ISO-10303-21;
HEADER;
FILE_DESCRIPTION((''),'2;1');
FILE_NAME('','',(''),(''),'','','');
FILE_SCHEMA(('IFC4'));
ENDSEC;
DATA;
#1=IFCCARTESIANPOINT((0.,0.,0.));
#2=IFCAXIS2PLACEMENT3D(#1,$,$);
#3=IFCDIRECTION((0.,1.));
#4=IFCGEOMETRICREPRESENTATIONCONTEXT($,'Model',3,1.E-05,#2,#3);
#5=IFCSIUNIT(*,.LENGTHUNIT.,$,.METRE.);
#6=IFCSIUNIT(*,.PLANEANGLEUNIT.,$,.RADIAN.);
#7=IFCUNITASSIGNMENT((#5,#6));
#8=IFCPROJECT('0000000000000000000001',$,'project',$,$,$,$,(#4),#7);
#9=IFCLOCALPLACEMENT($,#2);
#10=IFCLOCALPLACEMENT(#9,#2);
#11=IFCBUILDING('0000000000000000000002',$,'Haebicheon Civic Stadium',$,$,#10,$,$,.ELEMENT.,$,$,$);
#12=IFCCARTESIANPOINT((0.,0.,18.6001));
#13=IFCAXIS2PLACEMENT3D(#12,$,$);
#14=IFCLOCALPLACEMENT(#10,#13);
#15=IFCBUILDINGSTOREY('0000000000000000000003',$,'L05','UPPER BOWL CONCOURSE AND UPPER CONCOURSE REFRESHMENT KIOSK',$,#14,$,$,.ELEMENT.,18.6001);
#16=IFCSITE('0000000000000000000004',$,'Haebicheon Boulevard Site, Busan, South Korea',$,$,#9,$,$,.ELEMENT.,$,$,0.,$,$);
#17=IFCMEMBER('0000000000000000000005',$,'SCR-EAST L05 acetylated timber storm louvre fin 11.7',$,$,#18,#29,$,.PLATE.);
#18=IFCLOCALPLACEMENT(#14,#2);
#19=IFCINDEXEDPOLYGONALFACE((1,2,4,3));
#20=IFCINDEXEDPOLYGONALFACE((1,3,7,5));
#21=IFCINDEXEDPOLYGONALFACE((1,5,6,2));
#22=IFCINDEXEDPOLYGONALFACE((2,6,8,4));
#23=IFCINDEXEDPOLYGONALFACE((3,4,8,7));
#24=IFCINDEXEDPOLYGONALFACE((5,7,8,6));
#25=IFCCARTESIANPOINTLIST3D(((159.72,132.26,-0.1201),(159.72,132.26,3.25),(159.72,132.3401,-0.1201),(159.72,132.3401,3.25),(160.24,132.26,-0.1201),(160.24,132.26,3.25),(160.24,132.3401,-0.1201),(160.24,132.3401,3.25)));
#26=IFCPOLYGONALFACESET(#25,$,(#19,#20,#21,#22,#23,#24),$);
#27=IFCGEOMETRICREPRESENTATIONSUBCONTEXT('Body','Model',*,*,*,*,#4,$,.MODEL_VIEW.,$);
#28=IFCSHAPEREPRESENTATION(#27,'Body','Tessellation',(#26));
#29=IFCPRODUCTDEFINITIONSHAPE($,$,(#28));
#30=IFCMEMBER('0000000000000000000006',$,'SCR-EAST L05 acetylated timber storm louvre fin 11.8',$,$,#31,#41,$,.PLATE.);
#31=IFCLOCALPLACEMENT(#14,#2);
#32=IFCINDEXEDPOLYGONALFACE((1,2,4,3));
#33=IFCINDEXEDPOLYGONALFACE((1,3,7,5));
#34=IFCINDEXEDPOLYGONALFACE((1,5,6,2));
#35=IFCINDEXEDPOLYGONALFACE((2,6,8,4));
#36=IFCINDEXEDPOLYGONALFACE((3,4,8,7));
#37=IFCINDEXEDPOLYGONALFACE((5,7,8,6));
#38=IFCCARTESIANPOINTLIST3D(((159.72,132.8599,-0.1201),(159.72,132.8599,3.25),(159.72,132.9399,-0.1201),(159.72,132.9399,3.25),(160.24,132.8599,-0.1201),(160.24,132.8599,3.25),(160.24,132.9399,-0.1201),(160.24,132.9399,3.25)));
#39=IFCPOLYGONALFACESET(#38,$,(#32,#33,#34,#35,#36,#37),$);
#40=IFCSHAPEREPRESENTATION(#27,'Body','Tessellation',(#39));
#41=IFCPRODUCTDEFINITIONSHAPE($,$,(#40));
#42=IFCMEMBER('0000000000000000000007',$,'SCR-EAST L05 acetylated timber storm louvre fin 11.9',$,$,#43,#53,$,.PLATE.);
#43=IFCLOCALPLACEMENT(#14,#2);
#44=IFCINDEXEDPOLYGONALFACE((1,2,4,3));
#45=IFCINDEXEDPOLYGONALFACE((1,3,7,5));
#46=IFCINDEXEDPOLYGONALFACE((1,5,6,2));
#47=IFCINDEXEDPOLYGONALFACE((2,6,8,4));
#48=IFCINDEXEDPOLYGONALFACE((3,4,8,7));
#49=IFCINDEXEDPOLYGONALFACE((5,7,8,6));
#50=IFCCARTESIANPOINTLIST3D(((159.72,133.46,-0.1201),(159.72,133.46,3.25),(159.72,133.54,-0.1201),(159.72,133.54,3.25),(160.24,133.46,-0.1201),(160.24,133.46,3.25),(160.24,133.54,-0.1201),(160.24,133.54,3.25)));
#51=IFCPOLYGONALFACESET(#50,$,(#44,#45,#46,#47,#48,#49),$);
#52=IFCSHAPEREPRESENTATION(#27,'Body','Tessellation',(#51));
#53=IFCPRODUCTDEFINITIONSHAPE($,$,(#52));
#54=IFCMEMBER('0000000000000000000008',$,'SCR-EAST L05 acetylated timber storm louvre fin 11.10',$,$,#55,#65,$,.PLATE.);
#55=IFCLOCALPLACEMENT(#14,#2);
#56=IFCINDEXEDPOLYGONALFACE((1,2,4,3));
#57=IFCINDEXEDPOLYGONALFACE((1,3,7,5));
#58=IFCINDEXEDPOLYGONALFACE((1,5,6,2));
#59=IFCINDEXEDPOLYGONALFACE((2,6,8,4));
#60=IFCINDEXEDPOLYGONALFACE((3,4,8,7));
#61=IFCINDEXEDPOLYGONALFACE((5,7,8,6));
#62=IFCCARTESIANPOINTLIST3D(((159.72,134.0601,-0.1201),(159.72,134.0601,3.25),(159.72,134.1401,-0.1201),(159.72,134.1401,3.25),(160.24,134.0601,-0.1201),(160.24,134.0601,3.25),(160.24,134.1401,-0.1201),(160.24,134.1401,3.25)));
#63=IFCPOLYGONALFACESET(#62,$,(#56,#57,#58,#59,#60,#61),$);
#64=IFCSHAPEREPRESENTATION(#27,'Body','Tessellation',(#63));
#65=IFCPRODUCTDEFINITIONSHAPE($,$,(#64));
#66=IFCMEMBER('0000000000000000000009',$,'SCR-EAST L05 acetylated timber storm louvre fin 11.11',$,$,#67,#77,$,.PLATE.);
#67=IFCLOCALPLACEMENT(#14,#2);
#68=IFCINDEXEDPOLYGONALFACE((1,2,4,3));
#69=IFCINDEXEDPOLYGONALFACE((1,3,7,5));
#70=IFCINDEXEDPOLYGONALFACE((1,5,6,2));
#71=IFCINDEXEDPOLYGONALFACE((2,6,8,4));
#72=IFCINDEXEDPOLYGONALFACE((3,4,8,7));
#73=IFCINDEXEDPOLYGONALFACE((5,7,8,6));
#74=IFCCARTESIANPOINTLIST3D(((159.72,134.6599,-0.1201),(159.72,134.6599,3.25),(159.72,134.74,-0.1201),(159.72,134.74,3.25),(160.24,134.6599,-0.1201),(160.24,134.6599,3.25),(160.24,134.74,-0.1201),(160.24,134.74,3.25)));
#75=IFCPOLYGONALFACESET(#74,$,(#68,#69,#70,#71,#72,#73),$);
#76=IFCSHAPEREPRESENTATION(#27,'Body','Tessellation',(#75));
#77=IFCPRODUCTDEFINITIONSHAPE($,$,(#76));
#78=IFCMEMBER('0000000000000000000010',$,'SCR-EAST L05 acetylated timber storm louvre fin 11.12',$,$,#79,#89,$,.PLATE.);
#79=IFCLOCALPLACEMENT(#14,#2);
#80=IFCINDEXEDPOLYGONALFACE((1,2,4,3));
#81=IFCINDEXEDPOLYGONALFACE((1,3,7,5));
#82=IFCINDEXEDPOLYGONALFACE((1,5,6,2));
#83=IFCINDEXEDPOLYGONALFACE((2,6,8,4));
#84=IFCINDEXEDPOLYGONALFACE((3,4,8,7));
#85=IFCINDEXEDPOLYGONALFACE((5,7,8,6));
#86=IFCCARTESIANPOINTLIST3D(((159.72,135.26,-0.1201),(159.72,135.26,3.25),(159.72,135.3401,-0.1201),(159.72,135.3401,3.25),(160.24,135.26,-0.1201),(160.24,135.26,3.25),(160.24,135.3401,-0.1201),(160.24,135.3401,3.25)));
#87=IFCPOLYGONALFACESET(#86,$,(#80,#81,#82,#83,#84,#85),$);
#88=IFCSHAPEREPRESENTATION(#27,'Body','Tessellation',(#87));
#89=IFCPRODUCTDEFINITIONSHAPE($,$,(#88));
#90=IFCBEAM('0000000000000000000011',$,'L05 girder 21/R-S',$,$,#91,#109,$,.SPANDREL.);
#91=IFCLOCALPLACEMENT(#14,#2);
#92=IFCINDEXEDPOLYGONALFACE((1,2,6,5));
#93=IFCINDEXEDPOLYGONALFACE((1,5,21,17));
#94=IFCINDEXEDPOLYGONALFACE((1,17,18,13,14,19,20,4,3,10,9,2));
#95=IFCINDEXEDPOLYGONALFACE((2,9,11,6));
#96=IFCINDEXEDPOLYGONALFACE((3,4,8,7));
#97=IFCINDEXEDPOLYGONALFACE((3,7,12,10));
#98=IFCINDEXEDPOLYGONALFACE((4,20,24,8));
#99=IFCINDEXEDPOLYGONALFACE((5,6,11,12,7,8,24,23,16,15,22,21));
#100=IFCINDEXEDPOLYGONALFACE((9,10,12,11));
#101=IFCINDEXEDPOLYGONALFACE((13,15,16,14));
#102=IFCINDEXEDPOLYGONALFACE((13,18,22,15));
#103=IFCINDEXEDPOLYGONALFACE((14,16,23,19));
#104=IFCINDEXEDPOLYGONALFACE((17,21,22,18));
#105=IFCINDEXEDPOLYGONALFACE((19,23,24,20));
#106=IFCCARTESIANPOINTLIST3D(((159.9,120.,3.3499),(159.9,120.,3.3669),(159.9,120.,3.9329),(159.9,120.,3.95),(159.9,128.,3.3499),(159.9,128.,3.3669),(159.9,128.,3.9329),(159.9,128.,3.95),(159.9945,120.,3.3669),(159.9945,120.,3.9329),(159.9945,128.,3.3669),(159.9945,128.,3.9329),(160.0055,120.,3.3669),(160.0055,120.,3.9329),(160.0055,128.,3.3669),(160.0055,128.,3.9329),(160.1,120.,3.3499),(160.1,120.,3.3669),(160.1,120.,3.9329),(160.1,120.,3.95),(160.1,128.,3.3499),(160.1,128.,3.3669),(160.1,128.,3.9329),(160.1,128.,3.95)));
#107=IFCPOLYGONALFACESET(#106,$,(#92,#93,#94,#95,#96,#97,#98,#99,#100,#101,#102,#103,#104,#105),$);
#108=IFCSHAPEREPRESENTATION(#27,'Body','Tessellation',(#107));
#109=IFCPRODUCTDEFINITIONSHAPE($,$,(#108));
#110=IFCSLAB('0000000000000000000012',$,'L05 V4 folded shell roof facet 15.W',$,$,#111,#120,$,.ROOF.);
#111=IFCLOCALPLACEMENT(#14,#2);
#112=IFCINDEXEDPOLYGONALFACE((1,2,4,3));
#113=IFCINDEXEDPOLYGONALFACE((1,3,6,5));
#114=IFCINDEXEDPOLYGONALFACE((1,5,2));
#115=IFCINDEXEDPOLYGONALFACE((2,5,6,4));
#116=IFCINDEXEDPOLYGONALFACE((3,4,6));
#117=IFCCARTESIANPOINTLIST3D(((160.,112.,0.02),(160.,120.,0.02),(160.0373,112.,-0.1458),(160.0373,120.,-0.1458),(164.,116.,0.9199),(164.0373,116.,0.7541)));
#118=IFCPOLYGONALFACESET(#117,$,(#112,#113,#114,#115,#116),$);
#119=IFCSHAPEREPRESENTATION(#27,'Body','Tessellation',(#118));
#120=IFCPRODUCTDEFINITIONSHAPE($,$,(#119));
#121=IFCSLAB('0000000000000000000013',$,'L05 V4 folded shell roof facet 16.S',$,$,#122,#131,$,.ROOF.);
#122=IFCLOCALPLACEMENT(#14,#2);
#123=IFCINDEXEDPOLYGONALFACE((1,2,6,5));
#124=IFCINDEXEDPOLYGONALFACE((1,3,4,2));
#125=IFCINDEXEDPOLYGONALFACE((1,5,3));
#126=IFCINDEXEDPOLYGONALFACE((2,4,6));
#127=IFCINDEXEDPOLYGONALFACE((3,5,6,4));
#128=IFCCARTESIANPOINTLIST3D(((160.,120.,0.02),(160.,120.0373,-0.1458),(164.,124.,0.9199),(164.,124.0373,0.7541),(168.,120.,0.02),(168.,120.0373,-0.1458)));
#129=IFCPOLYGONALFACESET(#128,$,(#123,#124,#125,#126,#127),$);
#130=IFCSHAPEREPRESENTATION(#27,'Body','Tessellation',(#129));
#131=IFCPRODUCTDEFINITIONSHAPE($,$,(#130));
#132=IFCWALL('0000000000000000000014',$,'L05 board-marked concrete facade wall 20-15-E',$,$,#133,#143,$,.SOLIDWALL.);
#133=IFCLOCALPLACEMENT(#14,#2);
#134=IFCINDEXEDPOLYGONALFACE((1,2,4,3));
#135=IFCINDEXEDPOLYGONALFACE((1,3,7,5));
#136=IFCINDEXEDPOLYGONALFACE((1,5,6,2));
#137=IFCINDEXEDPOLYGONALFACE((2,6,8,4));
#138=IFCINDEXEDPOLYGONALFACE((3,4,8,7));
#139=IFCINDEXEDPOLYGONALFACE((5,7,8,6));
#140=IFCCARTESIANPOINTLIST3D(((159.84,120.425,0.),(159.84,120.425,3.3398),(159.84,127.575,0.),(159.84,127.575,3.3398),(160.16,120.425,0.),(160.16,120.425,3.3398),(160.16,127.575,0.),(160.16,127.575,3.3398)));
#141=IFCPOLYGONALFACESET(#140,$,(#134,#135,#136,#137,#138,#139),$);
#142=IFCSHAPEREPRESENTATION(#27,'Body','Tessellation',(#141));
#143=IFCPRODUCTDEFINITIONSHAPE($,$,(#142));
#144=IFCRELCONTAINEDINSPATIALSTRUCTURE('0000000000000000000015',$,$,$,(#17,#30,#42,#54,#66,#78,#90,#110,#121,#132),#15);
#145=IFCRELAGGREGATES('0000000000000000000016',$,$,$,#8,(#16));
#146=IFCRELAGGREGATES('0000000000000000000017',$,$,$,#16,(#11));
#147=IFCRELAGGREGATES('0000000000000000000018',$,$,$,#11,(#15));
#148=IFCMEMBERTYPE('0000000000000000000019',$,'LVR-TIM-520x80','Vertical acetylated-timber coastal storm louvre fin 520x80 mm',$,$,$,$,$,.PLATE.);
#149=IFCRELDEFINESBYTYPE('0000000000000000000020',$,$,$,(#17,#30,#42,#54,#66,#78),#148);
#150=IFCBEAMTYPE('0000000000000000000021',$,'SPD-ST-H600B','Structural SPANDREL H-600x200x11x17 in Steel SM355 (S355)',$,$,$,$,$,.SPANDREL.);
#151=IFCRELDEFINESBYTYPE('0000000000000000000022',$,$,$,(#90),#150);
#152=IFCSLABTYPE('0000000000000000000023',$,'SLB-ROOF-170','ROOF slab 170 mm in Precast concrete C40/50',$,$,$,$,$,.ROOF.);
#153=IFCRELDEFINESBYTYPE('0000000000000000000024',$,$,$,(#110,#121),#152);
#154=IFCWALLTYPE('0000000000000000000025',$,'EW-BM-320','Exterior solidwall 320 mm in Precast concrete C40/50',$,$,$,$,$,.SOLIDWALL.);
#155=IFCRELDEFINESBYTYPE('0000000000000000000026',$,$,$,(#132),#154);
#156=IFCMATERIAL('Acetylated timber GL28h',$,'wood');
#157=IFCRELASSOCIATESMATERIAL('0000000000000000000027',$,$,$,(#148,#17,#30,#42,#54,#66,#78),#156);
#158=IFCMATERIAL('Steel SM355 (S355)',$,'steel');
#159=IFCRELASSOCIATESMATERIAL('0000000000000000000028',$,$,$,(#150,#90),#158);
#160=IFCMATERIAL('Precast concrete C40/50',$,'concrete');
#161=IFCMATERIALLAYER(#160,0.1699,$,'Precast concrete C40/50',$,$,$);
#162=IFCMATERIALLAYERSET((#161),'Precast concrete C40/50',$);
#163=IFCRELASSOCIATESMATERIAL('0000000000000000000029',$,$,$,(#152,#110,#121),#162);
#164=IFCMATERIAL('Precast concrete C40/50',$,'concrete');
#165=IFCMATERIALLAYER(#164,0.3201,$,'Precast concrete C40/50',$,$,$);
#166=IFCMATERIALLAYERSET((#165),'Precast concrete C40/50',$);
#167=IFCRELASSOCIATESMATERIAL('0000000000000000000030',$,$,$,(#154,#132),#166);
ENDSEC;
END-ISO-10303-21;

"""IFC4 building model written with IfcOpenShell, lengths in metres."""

from ifc_helpers import new_model, si_unit, direction, frame, frame_2d, origin, origin_2d, place, context, subcontext, project, spatial, polyline, rectangle, i_section, outline, extrude, material, layer, layer_set, material_profile, profile_set, type_object, element, save


model = new_model("IFC4")

# Units and contexts
model_context = context("Model", 3, precision=1e-05, world=origin(), true_north=direction((0.0, 1.0)))
body_context = subcontext(model_context, "Body", "Model", "MODEL_VIEW")
ifc_project = project(units=[si_unit("LENGTHUNIT", "METRE"), si_unit("PLANEANGLEUNIT", "RADIAN")], contexts=[model_context])

# Site, building, storey
site_placement = place(None, origin())
site = spatial("IfcSite", under=ifc_project, at=site_placement, Name="Haebicheon Boulevard Site, Busan, South Korea", CompositionType="ELEMENT", RefElevation=0.0)
building_placement = place(site_placement, origin())
building = spatial("IfcBuilding", under=site, at=building_placement, Name="Haebicheon Civic Stadium", CompositionType="ELEMENT")
storey_placement = place(building_placement, frame((0.0, 0.0, 18.6001)))
storey = spatial("IfcBuildingStorey", under=building, at=storey_placement, Name="L05", Description="UPPER BOWL CONCOURSE AND UPPER CONCOURSE REFRESHMENT KIOSK", CompositionType="ELEMENT", Elevation=18.6001)

# Members
ifc_material_1 = material(Name="Acetylated timber GL28h", Category="wood")
ifc_material_profile_1 = material_profile(ifc_material_1, rectangle(XDim=0.0801, YDim=0.52, at=origin_2d()), Name="TMB-LOUV-80x520")
ifc_profile_set_1 = profile_set([ifc_material_profile_1], Name="Acetylated timber GL28h")
member_type = type_object("IfcMemberType", Name="LVR-TIM-520x80", Description="Vertical acetylated-timber coastal storm louvre fin 520x80 mm", PredefinedType="PLATE", material=ifc_profile_set_1)
for number, where, z_axis, x_axis, name in (
    (1, (159.98, 132.3, -0.1201), (0.0, 0.0, 1.0), (0.0, 1.0, 0.0), "SCR-EAST L05 acetylated timber storm louvre fin 11.7"),
    (2, (159.98, 132.8999, -0.1201), (0.0, 0.0, 1.0), (0.0, 1.0, 0.0), "SCR-EAST L05 acetylated timber storm louvre fin 11.8"),
    (3, (159.98, 133.5, -0.1201), (0.0, 0.0, 1.0), (0.0, 1.0, 0.0), "SCR-EAST L05 acetylated timber storm louvre fin 11.9"),
    (4, (159.98, 134.1001, -0.1201), (0.0, 0.0, 1.0), (0.0, 1.0, 0.0), "SCR-EAST L05 acetylated timber storm louvre fin 11.10"),
    (5, (159.98, 134.7, -0.1201), (0.0, 0.0, 1.0), (0.0, 1.0, 0.0), "SCR-EAST L05 acetylated timber storm louvre fin 11.11"),
    (6, (159.98, 135.3, -0.1201), (0.0, 0.0, 1.0), (0.0, 1.0, 0.0), "SCR-EAST L05 acetylated timber storm louvre fin 11.12"),
):
    element("IfcMember", number, at=place(storey_placement, frame(where, z_axis=z_axis, x_axis=x_axis)), inside=storey, type_object=member_type, material=ifc_profile_set_1, Name=name, PredefinedType="PLATE", context=body_context, shape_type="SweptSolid", body=[
        extrude(rectangle(XDim=0.0801, YDim=0.52, at=origin_2d()), origin(), (0.0, 0.0, 1.0), 3.3701),
    ])

# Beam
ifc_material_2 = material(Name="Steel SM355 (S355)", Category="steel")
ifc_material_profile_2 = material_profile(ifc_material_2, i_section(OverallWidth=0.2, OverallDepth=0.6001, WebThickness=0.011, FlangeThickness=0.0171, at=origin_2d()), Name="H-600x200x11x17")
ifc_profile_set_2 = profile_set([ifc_material_profile_2], Name="Steel SM355 (S355)")
beam_type = type_object("IfcBeamType", Name="SPD-ST-H600B", Description="Structural SPANDREL H-600x200x11x17 in Steel SM355 (S355)", PredefinedType="SPANDREL", material=ifc_profile_set_2)
beam_placement = place(storey_placement, frame((160.0, 120.0, 3.6499), z_axis=(0.0, 1.0, 0.0), x_axis=(-1.0, 0.0, 0.0)))
element("IfcBeam", 7, at=beam_placement, inside=storey, type_object=beam_type, material=ifc_profile_set_2, Name="L05 girder 21/R-S", PredefinedType="SPANDREL", context=body_context, shape_type="SweptSolid", body=[
    extrude(i_section(OverallWidth=0.2, OverallDepth=0.6001, WebThickness=0.011, FlangeThickness=0.0171, at=origin_2d()), origin(), (0.0, 0.0, 1.0), 8.0),
])

# Slabs
ifc_material_3 = material(Name="Precast concrete C40/50", Category="concrete")
ifc_layer_1 = layer(ifc_material_3, 0.1699, Name="Precast concrete C40/50")
ifc_layer_set_1 = layer_set([ifc_layer_1], Name="Precast concrete C40/50")
slab_type = type_object("IfcSlabType", Name="SLB-ROOF-170", Description="ROOF slab 170 mm in Precast concrete C40/50", PredefinedType="ROOF", material=ifc_layer_set_1)
for number, where, z_axis, x_axis, name in (
    (8, (160.0, 120.0, 0.02), (-0.21949, 0.0, 0.975615), (0.0, -1.0, 0.0), "L05 V4 folded shell roof facet 15.W"),
    (9, (160.0, 120.0, 0.02), (0.0, -0.21949, 0.975615), (1.0, 0.0, 0.0), "L05 V4 folded shell roof facet 16.S"),
):
    element("IfcSlab", number, at=place(storey_placement, frame(where, z_axis=z_axis, x_axis=x_axis)), inside=storey, type_object=slab_type, material=ifc_layer_set_1, Name=name, PredefinedType="ROOF", context=body_context, shape_type="SweptSolid", body=[
        extrude(outline(polyline([(0.0, 0.0), (8.0, 0.0), (4.0, 4.1), (0.0, 0.0)])), origin(), (0.0, 0.0, -1.0), 0.1699),
    ])

# Wall
ifc_material_4 = material(Name="Precast concrete C40/50", Category="concrete")
ifc_layer_2 = layer(ifc_material_4, 0.3201, Name="Precast concrete C40/50")
ifc_layer_set_2 = layer_set([ifc_layer_2], Name="Precast concrete C40/50")
wall_type = type_object("IfcWallType", Name="EW-BM-320", Description="Exterior solidwall 320 mm in Precast concrete C40/50", PredefinedType="SOLIDWALL", material=ifc_layer_set_2)
wall_placement = place(storey_placement, frame((160.0, 120.425, 0.0), z_axis=(0.0, 0.0, 1.0), x_axis=(0.0, 1.0, 0.0)))
element("IfcWall", 10, at=wall_placement, inside=storey, type_object=wall_type, material=ifc_layer_set_2, Name="L05 board-marked concrete facade wall 20-15-E", PredefinedType="SOLIDWALL", context=body_context, shape_type="SweptSolid", body=[
    extrude(rectangle(XDim=7.1499, YDim=0.3201, at=frame_2d((3.575, 0.0))), origin(), (0.0, 0.0, 1.0), 3.3398),
])

save(model, "model.ifc")
